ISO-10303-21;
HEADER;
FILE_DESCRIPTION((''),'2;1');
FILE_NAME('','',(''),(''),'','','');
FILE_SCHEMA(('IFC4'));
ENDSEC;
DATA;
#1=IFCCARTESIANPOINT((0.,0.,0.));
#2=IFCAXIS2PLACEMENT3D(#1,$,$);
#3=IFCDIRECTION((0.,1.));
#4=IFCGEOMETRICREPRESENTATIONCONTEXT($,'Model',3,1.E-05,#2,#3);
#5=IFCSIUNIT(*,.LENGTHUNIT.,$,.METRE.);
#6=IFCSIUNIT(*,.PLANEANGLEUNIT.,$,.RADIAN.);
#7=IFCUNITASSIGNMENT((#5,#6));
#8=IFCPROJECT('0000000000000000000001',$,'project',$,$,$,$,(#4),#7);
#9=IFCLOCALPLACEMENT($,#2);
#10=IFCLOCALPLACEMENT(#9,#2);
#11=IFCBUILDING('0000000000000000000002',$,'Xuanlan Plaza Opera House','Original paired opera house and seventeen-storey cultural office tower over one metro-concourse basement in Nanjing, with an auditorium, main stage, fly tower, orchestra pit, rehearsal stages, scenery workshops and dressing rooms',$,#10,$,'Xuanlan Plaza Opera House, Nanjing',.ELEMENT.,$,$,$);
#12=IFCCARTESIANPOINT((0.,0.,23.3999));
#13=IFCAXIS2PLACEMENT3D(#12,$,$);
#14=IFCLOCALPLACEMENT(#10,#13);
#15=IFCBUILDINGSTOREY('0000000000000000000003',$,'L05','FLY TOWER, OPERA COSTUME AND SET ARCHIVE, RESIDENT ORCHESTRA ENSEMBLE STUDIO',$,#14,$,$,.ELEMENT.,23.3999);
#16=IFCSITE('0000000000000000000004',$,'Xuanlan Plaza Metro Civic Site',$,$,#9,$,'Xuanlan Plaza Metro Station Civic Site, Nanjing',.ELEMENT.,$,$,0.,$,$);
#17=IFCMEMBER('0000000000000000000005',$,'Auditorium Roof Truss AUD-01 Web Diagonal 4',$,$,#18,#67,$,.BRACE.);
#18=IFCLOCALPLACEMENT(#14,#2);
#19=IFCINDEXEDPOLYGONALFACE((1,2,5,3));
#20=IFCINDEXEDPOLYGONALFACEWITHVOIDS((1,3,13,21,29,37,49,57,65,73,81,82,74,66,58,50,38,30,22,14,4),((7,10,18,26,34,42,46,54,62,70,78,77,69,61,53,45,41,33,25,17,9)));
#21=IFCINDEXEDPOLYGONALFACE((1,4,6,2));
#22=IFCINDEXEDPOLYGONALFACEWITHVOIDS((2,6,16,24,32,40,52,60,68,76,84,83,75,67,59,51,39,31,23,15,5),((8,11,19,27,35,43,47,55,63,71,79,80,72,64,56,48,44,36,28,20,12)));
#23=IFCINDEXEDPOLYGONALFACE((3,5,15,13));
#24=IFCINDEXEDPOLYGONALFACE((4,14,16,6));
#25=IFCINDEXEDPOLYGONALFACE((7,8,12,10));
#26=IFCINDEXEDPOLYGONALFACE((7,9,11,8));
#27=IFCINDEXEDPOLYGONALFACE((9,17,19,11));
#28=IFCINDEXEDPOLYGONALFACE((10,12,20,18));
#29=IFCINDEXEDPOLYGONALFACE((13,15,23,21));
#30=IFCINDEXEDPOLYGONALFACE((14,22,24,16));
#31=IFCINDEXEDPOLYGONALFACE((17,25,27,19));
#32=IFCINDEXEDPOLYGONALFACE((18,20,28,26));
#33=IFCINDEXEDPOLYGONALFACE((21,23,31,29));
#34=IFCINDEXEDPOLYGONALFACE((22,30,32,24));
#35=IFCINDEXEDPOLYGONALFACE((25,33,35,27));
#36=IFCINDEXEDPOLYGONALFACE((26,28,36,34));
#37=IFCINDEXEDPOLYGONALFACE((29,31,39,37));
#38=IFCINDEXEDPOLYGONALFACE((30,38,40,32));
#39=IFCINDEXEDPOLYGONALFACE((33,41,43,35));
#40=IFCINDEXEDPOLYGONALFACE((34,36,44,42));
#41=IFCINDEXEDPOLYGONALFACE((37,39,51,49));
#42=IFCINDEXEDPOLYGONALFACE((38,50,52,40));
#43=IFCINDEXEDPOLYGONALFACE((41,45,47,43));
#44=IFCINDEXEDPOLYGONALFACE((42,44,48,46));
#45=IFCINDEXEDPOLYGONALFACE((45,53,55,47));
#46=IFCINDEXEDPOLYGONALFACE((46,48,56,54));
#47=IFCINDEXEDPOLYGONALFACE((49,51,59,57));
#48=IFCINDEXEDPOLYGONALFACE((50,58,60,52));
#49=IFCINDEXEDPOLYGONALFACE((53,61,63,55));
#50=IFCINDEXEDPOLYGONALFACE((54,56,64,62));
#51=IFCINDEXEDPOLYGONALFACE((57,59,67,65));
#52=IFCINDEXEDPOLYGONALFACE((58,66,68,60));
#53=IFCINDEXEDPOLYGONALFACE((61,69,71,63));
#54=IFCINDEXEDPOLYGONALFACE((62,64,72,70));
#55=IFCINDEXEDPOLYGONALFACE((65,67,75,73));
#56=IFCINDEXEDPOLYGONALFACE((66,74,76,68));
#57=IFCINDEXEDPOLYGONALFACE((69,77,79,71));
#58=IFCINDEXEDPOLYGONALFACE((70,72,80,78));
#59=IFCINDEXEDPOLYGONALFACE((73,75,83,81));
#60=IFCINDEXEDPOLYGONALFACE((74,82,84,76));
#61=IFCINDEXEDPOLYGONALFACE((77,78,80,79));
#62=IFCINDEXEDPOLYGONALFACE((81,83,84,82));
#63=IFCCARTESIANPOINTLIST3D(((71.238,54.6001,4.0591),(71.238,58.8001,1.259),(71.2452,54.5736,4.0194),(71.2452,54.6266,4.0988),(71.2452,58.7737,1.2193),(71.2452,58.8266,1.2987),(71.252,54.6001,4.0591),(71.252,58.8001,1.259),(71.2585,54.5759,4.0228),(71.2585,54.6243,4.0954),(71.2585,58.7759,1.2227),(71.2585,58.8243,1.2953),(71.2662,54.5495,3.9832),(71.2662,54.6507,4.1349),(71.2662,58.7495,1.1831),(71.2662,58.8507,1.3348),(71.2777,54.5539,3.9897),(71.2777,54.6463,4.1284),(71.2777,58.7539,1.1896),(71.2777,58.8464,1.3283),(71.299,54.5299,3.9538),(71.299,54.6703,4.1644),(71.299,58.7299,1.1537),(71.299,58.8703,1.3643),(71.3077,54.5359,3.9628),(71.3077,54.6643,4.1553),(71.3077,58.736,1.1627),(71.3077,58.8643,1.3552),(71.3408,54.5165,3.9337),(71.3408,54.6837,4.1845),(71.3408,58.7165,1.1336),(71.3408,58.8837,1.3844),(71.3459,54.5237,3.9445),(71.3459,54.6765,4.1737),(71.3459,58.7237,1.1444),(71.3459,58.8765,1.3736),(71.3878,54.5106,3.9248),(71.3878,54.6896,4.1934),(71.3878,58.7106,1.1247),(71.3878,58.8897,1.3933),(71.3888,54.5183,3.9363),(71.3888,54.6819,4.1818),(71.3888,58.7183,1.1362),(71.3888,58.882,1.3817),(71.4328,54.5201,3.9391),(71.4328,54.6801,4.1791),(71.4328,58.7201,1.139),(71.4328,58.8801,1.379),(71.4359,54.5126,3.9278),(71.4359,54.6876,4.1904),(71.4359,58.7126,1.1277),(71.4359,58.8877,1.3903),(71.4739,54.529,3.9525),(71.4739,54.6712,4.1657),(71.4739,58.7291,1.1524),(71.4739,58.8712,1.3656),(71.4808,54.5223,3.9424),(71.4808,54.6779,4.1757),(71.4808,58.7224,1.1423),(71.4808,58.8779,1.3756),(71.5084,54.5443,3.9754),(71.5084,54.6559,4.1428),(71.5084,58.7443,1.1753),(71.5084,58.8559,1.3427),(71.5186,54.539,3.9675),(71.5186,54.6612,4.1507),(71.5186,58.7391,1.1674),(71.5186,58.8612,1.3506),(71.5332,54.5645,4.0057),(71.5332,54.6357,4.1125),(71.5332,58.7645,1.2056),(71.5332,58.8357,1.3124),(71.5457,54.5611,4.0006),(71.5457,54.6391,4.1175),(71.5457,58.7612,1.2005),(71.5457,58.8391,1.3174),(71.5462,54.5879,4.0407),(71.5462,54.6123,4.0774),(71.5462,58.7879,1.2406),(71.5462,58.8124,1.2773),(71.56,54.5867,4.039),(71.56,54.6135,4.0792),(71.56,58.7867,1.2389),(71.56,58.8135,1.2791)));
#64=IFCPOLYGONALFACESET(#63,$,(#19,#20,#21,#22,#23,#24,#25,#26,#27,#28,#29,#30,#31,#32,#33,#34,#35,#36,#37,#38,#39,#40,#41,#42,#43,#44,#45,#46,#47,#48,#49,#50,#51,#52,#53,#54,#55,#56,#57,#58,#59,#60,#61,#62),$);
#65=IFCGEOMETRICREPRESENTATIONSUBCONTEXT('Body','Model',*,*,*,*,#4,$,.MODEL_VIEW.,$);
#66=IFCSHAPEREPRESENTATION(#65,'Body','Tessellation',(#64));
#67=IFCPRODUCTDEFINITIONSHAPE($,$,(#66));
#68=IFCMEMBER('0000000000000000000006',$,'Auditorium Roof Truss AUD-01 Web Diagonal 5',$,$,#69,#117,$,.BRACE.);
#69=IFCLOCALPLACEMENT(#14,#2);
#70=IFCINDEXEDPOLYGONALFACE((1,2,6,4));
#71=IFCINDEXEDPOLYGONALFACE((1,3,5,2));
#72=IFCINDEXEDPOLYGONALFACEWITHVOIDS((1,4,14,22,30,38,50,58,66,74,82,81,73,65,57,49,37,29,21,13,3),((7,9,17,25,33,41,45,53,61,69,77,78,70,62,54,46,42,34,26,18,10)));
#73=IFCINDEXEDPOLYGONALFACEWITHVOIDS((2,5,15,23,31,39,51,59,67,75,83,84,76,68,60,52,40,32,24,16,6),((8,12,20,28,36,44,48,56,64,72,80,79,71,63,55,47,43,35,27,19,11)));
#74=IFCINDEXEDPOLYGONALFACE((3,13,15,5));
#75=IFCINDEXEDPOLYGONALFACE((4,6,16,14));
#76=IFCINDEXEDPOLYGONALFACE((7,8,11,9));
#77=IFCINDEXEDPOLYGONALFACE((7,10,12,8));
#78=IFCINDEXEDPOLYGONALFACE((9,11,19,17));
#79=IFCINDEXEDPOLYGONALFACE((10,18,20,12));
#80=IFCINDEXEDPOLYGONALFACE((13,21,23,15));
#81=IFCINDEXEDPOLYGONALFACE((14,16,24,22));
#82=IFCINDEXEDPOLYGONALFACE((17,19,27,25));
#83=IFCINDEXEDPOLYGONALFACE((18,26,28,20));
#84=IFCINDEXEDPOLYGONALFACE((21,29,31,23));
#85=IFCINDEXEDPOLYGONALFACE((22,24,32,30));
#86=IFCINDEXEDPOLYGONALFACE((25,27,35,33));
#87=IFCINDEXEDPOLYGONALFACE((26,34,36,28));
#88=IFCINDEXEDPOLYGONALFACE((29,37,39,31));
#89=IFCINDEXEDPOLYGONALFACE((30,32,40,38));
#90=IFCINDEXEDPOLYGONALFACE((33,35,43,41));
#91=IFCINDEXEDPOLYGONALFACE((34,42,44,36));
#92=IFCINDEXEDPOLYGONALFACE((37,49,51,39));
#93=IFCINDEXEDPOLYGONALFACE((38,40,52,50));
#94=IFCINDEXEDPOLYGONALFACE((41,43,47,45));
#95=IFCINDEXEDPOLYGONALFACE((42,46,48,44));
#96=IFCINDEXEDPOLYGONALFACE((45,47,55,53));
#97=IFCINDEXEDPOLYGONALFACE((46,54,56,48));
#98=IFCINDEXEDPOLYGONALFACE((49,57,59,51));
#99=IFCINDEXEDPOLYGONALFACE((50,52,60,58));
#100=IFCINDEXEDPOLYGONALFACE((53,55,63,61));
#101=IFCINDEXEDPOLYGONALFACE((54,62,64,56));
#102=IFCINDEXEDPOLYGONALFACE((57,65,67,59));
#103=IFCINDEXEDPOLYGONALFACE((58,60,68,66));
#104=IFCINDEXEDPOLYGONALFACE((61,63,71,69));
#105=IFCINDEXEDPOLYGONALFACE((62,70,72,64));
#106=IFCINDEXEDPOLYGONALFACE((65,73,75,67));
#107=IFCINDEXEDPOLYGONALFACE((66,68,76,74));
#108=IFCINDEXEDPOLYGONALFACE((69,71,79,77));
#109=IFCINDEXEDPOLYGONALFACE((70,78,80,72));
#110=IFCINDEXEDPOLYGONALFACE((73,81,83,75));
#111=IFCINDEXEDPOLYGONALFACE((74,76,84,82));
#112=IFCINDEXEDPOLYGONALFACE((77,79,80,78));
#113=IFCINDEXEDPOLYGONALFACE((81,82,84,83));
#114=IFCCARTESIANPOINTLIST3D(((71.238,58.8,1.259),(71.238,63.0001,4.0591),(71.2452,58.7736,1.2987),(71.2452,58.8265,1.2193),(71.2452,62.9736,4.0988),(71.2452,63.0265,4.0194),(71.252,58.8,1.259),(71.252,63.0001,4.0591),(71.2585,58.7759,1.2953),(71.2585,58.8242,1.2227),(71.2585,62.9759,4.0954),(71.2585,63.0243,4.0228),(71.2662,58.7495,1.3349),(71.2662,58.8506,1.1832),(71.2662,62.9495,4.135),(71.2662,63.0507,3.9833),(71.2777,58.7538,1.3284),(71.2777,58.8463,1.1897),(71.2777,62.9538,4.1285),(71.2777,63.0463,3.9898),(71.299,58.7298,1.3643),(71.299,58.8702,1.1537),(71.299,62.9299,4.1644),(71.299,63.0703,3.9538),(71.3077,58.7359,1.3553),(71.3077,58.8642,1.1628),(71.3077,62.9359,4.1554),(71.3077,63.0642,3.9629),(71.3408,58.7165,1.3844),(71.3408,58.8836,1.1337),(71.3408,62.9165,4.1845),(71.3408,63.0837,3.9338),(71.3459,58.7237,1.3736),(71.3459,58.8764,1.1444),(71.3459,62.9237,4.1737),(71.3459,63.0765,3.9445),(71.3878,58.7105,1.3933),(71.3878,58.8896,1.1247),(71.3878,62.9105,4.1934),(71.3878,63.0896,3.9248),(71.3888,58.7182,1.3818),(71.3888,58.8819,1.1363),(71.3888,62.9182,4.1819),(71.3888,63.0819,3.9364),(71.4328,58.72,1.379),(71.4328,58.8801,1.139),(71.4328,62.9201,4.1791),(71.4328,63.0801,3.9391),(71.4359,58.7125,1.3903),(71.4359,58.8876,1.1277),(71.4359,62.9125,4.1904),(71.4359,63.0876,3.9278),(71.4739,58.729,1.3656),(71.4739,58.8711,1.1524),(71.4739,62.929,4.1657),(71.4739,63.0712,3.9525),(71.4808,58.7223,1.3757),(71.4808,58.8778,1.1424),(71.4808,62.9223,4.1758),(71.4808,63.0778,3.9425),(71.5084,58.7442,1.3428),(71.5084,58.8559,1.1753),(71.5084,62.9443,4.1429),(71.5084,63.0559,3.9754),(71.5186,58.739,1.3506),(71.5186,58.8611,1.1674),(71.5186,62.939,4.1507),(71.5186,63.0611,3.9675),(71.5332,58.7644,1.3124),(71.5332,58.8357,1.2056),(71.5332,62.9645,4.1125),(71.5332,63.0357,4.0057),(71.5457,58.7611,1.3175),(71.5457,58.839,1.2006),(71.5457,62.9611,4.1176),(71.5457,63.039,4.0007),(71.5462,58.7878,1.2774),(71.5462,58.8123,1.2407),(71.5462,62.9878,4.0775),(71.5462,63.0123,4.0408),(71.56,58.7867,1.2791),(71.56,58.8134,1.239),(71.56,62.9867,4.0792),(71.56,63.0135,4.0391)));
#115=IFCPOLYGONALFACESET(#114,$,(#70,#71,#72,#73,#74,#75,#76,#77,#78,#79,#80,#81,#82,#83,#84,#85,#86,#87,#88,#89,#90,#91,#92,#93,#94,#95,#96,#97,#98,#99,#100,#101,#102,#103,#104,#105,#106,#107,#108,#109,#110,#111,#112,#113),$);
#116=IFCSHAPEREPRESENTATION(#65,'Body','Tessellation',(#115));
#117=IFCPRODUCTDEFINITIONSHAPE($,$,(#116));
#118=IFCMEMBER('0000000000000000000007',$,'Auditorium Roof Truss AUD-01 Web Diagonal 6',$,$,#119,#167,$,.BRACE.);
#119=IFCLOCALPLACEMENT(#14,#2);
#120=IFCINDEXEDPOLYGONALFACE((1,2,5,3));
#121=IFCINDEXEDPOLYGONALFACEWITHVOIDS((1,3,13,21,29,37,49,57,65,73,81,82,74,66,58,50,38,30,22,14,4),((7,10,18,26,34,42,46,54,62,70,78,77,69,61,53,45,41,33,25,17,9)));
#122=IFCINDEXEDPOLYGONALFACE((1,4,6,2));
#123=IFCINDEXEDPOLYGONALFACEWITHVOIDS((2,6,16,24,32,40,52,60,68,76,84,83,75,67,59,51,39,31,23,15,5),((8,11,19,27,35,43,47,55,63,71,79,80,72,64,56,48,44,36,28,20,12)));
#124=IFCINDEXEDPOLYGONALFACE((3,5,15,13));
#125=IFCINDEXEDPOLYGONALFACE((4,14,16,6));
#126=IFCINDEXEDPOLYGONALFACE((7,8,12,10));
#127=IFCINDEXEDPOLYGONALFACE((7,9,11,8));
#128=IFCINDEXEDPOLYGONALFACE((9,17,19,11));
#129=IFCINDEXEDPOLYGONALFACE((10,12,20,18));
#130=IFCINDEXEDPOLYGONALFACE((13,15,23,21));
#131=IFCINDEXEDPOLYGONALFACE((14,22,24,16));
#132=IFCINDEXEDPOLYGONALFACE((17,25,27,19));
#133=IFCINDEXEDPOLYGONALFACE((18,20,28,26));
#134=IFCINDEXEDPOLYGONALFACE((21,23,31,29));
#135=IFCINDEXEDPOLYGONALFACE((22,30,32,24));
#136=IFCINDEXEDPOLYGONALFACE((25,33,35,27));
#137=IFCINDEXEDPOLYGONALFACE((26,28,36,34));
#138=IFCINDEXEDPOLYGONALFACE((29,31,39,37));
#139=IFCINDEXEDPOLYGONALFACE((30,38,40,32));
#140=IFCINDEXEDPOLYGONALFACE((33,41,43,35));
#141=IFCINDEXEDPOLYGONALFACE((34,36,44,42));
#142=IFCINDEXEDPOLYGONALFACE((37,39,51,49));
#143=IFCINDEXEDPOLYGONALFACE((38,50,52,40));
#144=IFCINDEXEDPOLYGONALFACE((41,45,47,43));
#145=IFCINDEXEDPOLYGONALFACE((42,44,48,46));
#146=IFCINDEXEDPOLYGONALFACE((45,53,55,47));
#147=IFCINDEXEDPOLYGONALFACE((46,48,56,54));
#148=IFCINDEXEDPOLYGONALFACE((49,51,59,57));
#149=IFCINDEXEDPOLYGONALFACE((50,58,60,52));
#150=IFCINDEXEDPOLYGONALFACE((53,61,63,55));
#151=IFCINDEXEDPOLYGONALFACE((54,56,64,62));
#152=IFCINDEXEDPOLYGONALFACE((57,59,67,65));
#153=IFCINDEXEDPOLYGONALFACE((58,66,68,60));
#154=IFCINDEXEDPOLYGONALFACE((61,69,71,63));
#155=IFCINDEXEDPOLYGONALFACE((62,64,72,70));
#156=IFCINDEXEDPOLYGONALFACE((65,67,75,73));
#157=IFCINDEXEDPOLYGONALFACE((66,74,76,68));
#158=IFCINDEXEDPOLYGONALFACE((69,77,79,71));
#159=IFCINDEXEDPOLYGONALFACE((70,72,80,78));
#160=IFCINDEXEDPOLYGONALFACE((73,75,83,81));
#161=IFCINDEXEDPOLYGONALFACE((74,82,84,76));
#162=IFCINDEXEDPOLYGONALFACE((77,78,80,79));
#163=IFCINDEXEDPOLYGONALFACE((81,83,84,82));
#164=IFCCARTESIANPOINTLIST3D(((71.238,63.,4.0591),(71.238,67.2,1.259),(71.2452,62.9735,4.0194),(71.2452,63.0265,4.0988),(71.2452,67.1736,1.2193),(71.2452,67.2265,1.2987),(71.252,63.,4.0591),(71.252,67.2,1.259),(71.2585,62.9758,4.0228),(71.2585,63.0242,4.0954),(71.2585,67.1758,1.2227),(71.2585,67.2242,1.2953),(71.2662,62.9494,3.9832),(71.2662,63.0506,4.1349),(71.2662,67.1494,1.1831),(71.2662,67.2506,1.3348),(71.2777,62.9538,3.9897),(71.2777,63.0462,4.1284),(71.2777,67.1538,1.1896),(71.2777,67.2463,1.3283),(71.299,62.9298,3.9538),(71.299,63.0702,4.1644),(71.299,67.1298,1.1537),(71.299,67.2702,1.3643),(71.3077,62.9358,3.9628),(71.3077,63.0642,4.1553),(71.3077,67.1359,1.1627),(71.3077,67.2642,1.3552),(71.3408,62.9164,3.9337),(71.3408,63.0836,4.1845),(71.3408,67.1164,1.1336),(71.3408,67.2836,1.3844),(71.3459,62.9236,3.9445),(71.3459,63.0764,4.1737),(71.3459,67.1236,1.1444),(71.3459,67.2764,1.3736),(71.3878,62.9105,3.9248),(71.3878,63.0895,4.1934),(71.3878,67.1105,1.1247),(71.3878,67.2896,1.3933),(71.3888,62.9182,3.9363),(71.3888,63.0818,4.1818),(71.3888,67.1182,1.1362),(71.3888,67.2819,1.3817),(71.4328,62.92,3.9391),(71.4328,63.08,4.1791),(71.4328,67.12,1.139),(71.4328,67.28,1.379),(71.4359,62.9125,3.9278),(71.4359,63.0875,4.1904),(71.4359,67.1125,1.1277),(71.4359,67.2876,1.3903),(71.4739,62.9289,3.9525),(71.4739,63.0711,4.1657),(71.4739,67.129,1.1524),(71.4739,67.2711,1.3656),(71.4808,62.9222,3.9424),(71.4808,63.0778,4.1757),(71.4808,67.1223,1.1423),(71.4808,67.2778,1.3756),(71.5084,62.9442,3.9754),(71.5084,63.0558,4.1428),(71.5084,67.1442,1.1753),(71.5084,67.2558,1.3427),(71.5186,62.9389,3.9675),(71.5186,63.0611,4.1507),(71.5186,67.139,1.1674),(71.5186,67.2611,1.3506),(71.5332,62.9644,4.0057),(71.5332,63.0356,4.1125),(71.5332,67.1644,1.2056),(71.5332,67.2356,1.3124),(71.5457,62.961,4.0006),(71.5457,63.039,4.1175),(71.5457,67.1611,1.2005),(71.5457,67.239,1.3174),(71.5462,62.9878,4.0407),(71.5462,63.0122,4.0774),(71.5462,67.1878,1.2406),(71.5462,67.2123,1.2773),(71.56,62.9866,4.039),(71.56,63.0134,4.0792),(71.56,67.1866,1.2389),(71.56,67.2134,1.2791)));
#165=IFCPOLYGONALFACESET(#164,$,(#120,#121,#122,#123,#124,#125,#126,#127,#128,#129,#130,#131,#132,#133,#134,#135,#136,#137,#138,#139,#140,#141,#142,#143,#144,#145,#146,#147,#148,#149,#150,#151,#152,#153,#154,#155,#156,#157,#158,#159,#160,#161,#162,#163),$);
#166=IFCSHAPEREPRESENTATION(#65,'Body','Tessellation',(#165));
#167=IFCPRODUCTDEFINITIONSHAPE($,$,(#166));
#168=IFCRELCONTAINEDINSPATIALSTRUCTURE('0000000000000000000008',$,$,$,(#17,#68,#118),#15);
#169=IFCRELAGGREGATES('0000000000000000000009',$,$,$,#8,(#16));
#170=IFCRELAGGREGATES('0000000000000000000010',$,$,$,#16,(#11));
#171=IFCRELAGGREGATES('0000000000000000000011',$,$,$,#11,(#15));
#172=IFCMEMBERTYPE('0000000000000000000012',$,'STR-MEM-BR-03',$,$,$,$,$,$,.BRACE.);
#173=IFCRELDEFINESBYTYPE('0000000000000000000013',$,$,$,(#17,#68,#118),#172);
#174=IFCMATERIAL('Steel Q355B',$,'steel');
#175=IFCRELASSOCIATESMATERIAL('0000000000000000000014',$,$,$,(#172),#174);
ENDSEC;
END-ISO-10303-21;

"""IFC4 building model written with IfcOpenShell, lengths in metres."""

from ifc_helpers import new_model, si_unit, direction, frame, origin, origin_2d, place, context, subcontext, project, spatial, hollow_circle, extrude, material, material_profile, profile_set, type_object, element, save


model = new_model("IFC4")

# Units and contexts
model_context = context("Model", 3, precision=1e-05, world=origin(), true_north=direction((0.0, 1.0)))
body_context = subcontext(model_context, "Body", "Model", "MODEL_VIEW")
ifc_project = project(units=[si_unit("LENGTHUNIT", "METRE"), si_unit("PLANEANGLEUNIT", "RADIAN")], contexts=[model_context])

# Site, building, storey
site_placement = place(None, origin())
site = spatial("IfcSite", under=ifc_project, at=site_placement, Name="Xuanlan Plaza Metro Civic Site", LongName="Xuanlan Plaza Metro Station Civic Site, Nanjing", CompositionType="ELEMENT", RefElevation=0.0)
building_placement = place(site_placement, origin())
building = spatial("IfcBuilding", under=site, at=building_placement, Name="Xuanlan Plaza Opera House", Description="Original paired opera house and seventeen-storey cultural office tower over one metro-concourse basement in Nanjing, with an auditorium, main stage, fly tower, orchestra pit, rehearsal stages, scenery workshops and dressing rooms", LongName="Xuanlan Plaza Opera House, Nanjing", CompositionType="ELEMENT")
storey_placement = place(building_placement, frame((0.0, 0.0, 23.3999)))
storey = spatial("IfcBuildingStorey", under=building, at=storey_placement, Name="L05", Description="FLY TOWER, OPERA COSTUME AND SET ARCHIVE, RESIDENT ORCHESTRA ENSEMBLE STUDIO", CompositionType="ELEMENT", Elevation=23.3999)

# Members
ifc_material_1 = material(Name="Steel Q355B", Category="steel")
ifc_material_profile_1 = material_profile(ifc_material_1, hollow_circle(Radius=0.1619, WallThickness=0.0139, at=origin_2d()), Name="CHS 323.9x14")
ifc_profile_set_1 = profile_set([ifc_material_profile_1], Name="Steel Q355B")
member_type_1 = type_object("IfcMemberType", Name="STR-MEM-BR-03", PredefinedType="BRACE", material=ifc_profile_set_1)
for number, where, z_axis, x_axis, name in (
    (1, (71.3999, 54.6001, 4.0591), (0.0, 0.832043, -0.554711), (-1.0, 0.0, 0.0), "Auditorium Roof Truss AUD-01 Web Diagonal 4"),
    (2, (71.3999, 58.8, 1.259), (0.0, 0.832043, 0.554711), (-1.0, 0.0, 0.0), "Auditorium Roof Truss AUD-01 Web Diagonal 5"),
    (3, (71.3999, 63.0, 4.0591), (0.0, 0.832043, -0.554711), (-1.0, 0.0, 0.0), "Auditorium Roof Truss AUD-01 Web Diagonal 6"),
):
    element("IfcMember", number, at=place(storey_placement, frame(where, z_axis=z_axis, x_axis=x_axis)), inside=storey, type_object=member_type_1, Name=name, PredefinedType="BRACE", context=body_context, shape_type="SweptSolid", body=[
        extrude(hollow_circle(Radius=0.1619, WallThickness=0.0139, at=origin_2d()), origin(), (0.0, 0.0, 1.0), 5.0479),
    ])

save(model, "model.ifc")
